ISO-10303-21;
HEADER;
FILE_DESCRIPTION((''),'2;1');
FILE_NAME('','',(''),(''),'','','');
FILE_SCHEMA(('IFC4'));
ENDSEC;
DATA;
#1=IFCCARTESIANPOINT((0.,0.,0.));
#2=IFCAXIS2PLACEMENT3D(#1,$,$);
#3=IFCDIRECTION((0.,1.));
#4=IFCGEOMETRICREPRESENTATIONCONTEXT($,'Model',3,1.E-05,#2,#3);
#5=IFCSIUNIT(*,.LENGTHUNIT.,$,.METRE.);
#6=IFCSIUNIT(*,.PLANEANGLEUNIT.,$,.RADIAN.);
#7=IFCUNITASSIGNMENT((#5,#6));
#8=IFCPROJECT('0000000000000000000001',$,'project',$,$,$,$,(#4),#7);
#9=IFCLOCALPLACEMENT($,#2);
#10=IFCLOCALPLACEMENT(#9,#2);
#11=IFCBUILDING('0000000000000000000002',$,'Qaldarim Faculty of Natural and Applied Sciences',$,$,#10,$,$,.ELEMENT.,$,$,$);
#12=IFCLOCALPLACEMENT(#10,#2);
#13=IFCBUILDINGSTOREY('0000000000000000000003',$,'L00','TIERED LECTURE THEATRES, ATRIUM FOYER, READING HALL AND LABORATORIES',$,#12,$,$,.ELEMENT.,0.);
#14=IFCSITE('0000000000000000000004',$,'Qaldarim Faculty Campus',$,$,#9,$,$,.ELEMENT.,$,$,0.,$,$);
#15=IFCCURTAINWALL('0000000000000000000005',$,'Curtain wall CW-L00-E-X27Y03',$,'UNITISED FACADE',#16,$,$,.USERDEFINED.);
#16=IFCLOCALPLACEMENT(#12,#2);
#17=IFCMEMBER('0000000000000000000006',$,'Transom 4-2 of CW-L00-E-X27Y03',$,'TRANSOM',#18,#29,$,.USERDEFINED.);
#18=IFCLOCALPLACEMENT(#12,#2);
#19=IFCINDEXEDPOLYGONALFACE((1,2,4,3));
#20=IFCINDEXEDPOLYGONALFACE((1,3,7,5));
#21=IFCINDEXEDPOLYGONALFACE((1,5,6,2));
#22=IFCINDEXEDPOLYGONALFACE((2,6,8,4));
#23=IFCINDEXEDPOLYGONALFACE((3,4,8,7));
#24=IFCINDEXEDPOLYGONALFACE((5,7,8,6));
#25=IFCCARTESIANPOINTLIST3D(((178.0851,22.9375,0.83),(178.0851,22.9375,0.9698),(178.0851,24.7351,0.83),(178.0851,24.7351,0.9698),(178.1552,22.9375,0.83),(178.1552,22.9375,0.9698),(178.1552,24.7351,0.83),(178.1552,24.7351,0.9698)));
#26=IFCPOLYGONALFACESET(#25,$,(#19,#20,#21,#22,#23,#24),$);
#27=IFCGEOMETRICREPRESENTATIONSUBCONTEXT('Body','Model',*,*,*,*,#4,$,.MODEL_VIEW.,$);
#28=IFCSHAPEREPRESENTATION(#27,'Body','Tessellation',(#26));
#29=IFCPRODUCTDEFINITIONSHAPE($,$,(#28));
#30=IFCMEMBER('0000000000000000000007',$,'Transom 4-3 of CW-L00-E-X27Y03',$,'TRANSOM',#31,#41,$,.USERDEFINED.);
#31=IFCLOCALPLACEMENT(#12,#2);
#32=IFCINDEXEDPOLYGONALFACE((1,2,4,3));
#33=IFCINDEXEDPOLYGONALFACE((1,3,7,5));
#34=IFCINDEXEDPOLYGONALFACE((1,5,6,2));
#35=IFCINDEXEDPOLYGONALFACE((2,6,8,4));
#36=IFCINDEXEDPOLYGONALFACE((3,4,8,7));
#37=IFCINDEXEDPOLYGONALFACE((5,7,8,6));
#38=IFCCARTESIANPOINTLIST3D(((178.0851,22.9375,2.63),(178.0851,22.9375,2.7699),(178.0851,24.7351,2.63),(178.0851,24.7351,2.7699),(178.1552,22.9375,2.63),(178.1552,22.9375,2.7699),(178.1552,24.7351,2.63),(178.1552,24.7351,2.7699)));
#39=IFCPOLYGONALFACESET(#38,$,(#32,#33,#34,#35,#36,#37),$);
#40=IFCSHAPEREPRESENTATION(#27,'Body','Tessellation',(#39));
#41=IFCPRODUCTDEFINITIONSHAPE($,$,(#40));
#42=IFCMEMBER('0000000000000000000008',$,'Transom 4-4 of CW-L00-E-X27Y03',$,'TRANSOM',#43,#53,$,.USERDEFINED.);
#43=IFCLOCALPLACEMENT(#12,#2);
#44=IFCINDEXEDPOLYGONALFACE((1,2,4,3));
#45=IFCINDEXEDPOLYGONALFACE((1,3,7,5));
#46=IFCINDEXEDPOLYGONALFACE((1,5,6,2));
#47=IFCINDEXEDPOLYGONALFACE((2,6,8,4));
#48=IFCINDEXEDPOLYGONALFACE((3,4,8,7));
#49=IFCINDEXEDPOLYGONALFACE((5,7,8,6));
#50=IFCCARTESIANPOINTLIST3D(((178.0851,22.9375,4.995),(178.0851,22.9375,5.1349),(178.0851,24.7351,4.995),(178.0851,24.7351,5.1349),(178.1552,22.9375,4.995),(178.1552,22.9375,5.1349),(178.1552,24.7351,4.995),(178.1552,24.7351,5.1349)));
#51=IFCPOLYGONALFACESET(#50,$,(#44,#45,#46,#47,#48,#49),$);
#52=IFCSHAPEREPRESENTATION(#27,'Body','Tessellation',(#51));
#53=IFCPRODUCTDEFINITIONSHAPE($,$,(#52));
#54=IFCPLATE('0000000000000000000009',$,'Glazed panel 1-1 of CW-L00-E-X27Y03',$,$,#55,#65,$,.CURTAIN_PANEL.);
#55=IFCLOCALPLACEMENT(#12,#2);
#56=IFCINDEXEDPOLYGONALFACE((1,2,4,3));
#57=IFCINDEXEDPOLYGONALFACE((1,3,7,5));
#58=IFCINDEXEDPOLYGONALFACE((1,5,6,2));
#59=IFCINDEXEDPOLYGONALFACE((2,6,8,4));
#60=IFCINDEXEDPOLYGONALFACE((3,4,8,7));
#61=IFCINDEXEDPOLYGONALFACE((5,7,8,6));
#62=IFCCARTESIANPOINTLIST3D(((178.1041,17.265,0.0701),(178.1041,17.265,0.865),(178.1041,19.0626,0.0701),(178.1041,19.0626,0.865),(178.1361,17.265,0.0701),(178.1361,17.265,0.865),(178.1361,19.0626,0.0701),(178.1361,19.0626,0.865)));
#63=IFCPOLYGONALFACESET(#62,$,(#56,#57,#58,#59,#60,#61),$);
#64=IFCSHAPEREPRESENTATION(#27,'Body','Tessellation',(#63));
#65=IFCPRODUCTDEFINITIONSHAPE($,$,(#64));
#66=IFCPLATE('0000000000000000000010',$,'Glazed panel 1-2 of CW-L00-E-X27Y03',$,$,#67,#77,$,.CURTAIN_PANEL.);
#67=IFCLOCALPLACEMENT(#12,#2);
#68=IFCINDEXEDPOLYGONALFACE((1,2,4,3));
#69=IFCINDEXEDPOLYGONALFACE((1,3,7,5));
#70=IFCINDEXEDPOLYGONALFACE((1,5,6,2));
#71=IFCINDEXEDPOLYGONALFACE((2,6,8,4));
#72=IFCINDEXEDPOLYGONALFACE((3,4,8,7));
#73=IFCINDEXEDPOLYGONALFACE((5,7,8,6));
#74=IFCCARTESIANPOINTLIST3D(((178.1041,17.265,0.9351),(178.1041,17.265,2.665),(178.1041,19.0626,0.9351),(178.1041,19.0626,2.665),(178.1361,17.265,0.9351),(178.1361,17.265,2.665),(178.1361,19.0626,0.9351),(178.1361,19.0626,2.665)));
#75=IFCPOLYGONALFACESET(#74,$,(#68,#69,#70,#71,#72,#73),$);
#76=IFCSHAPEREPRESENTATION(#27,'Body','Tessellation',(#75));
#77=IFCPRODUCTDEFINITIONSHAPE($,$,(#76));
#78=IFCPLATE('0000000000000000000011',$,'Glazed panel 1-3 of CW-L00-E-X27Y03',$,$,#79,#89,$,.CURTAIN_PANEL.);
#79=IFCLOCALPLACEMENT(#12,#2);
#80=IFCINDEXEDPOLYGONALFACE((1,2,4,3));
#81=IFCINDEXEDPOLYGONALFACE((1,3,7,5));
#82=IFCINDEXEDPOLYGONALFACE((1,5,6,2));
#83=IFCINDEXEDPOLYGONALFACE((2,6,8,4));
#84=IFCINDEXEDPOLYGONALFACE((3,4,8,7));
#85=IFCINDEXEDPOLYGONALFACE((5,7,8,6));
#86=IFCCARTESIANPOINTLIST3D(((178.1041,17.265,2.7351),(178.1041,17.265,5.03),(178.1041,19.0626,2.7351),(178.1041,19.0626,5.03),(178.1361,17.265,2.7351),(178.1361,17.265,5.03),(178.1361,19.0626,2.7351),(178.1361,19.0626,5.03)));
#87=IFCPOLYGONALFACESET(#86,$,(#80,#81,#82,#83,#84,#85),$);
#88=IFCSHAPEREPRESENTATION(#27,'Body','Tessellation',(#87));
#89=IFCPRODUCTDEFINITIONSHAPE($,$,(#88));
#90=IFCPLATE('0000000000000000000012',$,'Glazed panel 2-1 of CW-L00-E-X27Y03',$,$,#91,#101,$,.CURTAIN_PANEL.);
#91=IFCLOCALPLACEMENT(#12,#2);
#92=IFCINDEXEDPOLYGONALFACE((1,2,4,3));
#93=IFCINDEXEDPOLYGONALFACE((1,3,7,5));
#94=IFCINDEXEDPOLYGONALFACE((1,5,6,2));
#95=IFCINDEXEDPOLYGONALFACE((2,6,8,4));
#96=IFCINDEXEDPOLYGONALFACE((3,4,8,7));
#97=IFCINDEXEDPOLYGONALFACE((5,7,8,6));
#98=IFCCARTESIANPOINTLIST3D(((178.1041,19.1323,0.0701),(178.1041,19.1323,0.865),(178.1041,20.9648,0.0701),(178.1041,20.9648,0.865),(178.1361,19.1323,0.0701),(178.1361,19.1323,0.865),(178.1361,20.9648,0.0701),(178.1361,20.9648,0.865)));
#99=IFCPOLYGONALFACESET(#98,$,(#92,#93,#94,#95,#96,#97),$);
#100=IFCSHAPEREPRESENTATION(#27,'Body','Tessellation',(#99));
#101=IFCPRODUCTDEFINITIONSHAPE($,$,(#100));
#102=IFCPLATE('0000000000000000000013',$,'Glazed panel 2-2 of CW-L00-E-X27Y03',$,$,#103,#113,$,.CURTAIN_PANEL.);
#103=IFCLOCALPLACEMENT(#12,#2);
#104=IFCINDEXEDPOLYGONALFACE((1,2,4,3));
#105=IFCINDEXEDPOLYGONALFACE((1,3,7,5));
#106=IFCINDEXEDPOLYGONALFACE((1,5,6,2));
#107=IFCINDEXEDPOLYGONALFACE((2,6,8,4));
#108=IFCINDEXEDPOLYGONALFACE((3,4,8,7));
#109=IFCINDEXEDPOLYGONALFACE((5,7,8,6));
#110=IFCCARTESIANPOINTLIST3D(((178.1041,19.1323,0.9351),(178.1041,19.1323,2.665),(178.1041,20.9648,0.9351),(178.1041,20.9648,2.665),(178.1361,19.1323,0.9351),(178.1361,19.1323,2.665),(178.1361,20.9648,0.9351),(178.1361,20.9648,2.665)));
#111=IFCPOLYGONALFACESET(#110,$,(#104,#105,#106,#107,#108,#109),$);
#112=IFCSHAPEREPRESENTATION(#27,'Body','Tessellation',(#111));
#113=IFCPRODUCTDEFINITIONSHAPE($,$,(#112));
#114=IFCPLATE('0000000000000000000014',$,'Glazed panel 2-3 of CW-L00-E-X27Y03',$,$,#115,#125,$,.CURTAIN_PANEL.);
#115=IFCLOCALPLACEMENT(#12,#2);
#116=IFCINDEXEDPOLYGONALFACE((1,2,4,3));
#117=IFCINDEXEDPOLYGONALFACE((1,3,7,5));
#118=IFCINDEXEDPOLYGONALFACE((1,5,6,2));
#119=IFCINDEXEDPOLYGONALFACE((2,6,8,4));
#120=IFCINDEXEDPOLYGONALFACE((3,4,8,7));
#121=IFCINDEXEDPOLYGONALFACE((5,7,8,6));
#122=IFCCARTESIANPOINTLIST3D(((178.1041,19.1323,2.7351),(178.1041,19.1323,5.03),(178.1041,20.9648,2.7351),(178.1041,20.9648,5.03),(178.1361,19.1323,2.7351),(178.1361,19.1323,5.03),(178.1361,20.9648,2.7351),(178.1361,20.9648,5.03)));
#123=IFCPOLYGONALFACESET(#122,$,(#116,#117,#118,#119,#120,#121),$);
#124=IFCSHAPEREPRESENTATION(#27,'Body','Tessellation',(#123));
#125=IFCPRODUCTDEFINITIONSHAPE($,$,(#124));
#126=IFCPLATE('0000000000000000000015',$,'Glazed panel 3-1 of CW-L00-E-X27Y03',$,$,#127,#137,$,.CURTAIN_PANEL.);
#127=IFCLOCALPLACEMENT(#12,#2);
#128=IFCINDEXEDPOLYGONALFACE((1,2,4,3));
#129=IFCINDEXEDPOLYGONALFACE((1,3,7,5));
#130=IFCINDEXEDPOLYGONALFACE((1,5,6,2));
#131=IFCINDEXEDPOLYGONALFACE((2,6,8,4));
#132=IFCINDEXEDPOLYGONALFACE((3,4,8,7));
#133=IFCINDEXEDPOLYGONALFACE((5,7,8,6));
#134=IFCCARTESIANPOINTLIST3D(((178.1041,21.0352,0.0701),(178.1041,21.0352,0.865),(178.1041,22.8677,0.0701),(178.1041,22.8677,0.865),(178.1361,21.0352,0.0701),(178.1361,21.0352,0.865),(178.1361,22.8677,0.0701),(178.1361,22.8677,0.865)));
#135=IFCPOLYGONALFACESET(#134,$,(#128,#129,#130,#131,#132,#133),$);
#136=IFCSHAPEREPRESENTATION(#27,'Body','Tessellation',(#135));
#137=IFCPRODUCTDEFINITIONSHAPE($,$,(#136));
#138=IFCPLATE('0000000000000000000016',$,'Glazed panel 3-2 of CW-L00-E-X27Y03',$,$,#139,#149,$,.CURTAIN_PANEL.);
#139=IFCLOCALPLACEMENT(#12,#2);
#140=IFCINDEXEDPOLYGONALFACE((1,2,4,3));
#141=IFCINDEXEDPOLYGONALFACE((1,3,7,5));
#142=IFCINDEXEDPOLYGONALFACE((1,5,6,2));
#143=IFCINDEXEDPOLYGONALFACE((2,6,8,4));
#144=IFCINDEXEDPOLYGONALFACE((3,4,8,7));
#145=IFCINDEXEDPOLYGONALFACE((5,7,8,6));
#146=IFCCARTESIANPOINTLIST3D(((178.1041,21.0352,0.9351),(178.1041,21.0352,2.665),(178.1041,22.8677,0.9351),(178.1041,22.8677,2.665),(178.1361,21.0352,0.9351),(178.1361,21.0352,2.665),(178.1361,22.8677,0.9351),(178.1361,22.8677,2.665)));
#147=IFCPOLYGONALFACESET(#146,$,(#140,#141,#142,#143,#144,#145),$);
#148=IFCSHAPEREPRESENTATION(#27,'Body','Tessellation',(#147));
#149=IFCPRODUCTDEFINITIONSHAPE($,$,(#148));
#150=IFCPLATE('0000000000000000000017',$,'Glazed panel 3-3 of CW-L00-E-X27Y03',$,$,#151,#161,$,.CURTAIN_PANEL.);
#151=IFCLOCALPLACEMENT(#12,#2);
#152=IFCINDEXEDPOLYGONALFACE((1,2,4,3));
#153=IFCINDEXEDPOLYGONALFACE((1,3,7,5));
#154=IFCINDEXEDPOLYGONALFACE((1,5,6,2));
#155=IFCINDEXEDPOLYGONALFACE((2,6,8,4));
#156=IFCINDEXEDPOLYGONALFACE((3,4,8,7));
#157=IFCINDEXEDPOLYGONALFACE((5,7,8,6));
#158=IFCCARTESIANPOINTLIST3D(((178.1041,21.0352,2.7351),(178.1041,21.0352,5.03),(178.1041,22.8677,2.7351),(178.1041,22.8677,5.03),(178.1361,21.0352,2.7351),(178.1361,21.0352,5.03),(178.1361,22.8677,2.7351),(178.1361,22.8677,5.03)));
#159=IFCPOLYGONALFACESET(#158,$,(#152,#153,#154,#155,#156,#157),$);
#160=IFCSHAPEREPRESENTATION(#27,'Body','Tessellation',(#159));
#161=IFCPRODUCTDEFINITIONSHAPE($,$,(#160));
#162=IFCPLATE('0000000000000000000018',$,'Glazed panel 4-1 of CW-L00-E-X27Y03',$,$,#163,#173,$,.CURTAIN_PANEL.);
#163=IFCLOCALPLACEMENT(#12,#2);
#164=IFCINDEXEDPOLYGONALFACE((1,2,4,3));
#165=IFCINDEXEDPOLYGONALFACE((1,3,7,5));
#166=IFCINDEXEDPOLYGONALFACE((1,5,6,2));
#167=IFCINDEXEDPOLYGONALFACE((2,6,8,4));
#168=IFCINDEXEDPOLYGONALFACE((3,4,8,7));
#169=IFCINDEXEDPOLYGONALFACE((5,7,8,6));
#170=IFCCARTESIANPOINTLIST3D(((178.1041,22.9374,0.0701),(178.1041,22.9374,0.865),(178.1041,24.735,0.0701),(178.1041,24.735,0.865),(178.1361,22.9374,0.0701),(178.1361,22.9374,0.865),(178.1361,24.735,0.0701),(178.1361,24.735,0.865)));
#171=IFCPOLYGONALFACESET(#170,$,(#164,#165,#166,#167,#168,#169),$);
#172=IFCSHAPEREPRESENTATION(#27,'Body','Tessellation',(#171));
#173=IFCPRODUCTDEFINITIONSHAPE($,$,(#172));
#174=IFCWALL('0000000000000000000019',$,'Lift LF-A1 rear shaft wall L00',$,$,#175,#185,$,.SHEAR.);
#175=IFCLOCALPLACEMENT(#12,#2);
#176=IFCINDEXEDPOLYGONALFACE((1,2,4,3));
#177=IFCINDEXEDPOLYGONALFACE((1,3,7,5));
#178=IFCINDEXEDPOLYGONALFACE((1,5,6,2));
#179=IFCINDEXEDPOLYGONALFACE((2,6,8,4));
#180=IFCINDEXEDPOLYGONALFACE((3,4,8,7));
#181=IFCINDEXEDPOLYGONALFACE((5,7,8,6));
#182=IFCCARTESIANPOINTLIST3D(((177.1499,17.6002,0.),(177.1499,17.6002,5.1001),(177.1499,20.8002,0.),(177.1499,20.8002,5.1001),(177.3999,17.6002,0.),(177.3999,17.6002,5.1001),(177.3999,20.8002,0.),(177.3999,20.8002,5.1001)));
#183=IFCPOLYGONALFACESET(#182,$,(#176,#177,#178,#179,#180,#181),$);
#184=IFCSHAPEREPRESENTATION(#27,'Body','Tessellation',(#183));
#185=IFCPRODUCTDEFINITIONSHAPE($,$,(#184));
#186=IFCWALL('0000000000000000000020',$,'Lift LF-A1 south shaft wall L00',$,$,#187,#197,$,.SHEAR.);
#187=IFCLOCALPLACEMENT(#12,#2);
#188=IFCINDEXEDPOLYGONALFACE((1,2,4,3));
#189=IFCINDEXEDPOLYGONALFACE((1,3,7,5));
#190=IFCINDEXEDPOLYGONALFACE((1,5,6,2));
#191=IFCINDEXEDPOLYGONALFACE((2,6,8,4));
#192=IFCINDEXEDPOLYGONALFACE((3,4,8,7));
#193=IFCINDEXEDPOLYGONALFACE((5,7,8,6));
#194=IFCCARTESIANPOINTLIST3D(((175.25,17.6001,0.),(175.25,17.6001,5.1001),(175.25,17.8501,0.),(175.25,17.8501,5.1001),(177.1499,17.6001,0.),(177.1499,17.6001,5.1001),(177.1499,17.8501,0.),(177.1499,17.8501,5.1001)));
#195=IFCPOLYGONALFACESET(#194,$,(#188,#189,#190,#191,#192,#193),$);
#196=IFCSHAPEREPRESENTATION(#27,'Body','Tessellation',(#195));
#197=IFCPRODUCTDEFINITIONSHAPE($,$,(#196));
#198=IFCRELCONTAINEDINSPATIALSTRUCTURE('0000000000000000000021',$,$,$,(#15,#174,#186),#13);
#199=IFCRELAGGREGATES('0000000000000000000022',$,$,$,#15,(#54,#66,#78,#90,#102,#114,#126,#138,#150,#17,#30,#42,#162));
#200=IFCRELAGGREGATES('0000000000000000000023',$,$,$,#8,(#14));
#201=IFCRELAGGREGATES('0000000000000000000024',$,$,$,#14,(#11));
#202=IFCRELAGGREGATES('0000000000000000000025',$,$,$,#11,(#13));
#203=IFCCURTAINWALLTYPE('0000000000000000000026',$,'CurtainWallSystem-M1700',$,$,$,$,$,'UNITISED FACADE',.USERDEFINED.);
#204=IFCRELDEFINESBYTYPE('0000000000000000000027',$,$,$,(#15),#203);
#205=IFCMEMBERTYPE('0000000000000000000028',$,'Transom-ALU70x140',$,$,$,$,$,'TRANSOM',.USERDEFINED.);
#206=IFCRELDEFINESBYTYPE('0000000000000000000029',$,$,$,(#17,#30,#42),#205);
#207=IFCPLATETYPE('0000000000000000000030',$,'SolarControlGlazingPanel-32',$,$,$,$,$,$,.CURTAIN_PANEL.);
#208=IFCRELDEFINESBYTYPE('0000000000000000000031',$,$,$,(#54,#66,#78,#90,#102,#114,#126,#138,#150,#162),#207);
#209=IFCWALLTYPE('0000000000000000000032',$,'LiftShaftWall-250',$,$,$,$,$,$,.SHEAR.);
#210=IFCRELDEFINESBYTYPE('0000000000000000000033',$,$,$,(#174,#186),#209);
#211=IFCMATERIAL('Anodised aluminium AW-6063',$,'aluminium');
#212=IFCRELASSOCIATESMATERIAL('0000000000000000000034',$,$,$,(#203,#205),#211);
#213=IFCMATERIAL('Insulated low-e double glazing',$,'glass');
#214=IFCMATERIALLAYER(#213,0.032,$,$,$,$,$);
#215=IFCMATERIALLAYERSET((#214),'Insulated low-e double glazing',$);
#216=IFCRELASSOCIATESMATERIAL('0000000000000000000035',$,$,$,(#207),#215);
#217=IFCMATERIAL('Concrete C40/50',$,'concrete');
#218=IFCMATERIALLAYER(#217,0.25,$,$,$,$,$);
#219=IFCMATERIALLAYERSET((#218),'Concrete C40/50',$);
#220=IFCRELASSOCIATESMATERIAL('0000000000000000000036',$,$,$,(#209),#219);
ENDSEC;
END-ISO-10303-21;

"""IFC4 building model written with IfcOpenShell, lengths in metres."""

from ifc_helpers import new_model, si_unit, direction, frame, frame_2d, origin, origin_2d, place, context, subcontext, project, spatial, rectangle, extrude, material, layer, layer_set, material_profile, profile_set, type_object, element, aggregate, save


model = new_model("IFC4")

# Units and contexts
model_context = context("Model", 3, precision=1e-05, world=origin(), true_north=direction((0.0, 1.0)))
body_context = subcontext(model_context, "Body", "Model", "MODEL_VIEW")
ifc_project = project(units=[si_unit("LENGTHUNIT", "METRE"), si_unit("PLANEANGLEUNIT", "RADIAN")], contexts=[model_context])

# Site, building, storey
site_placement = place(None, origin())
site = spatial("IfcSite", under=ifc_project, at=site_placement, Name="Qaldarim Faculty Campus", CompositionType="ELEMENT", RefElevation=0.0)
building_placement = place(site_placement, origin())
building = spatial("IfcBuilding", under=site, at=building_placement, Name="Qaldarim Faculty of Natural and Applied Sciences", CompositionType="ELEMENT")
storey_placement = place(building_placement, origin())
storey = spatial("IfcBuildingStorey", under=building, at=storey_placement, Name="L00", Description="TIERED LECTURE THEATRES, ATRIUM FOYER, READING HALL AND LABORATORIES", CompositionType="ELEMENT", Elevation=0.0)

# Curtain wall, members, plates
ifc_material_1 = material(Name="Anodised aluminium AW-6063", Category="aluminium")
curtain_wall_type = type_object("IfcCurtainWallType", Name="CurtainWallSystem-M1700", ElementType="UNITISED FACADE", PredefinedType="USERDEFINED", material=ifc_material_1)
curtain_wall_placement = place(storey_placement, origin())
curtain_wall = element("IfcCurtainWall", 1, at=curtain_wall_placement, inside=storey, type_object=curtain_wall_type, Name="Curtain wall CW-L00-E-X27Y03", ObjectType="UNITISED FACADE", PredefinedType="USERDEFINED")
ifc_material_profile_1 = material_profile(ifc_material_1, rectangle(XDim=0.0701, YDim=0.1399, at=origin_2d()), Name="ALU-T70x140")
ifc_profile_set_1 = profile_set([ifc_material_profile_1], Name="Anodised aluminium AW-6063")
member_type_1 = type_object("IfcMemberType", Name="Transom-ALU70x140", ElementType="TRANSOM", PredefinedType="USERDEFINED", material=ifc_profile_set_1)
member_1_placement = place(storey_placement, frame((178.1201, 22.9375, 0.8999), z_axis=(0.0, 1.0, 0.0), x_axis=(-1.0, 0.0, 0.0)))
member_1 = element("IfcMember", 2, at=member_1_placement, type_object=member_type_1, Name="Transom 4-2 of CW-L00-E-X27Y03", ObjectType="TRANSOM", PredefinedType="USERDEFINED", context=body_context, shape_type="SweptSolid", body=[
    extrude(rectangle(XDim=0.0701, YDim=0.1399, at=origin_2d()), origin(), (0.0, 0.0, 1.0), 1.7976),
])
member_2_placement = place(storey_placement, frame((178.1201, 22.9375, 2.7), z_axis=(0.0, 1.0, 0.0), x_axis=(-1.0, 0.0, 0.0)))
member_2 = element("IfcMember", 3, at=member_2_placement, type_object=member_type_1, Name="Transom 4-3 of CW-L00-E-X27Y03", ObjectType="TRANSOM", PredefinedType="USERDEFINED", context=body_context, shape_type="SweptSolid", body=[
    extrude(rectangle(XDim=0.0701, YDim=0.1399, at=origin_2d()), origin(), (0.0, 0.0, 1.0), 1.7976),
])
member_3_placement = place(storey_placement, frame((178.1201, 22.9375, 5.0649), z_axis=(0.0, 1.0, 0.0), x_axis=(-1.0, 0.0, 0.0)))
member_3 = element("IfcMember", 4, at=member_3_placement, type_object=member_type_1, Name="Transom 4-4 of CW-L00-E-X27Y03", ObjectType="TRANSOM", PredefinedType="USERDEFINED", context=body_context, shape_type="SweptSolid", body=[
    extrude(rectangle(XDim=0.0701, YDim=0.1399, at=origin_2d()), origin(), (0.0, 0.0, 1.0), 1.7976),
])
ifc_material_2 = material(Name="Insulated low-e double glazing", Category="glass")
ifc_layer_1 = layer(ifc_material_2, 0.032)
ifc_layer_set_1 = layer_set([ifc_layer_1], Name="Insulated low-e double glazing")
plate_type = type_object("IfcPlateType", Name="SolarControlGlazingPanel-32", PredefinedType="CURTAIN_PANEL", material=ifc_layer_set_1)
plate_1_placement = place(storey_placement, frame((178.1201, 18.1638, 0.0701), z_axis=(0.0, 0.0, 1.0), x_axis=(0.0, 1.0, 0.0)))
plate_1 = element("IfcPlate", 5, at=plate_1_placement, type_object=plate_type, Name="Glazed panel 1-1 of CW-L00-E-X27Y03", PredefinedType="CURTAIN_PANEL", context=body_context, shape_type="SweptSolid", body=[
    extrude(rectangle(XDim=1.7976, YDim=0.032, at=origin_2d()), origin(), (0.0, 0.0, 1.0), 0.7949),
])
plate_2_placement = place(storey_placement, frame((178.1201, 18.1638, 0.9351), z_axis=(0.0, 0.0, 1.0), x_axis=(0.0, 1.0, 0.0)))
plate_2 = element("IfcPlate", 6, at=plate_2_placement, type_object=plate_type, Name="Glazed panel 1-2 of CW-L00-E-X27Y03", PredefinedType="CURTAIN_PANEL", context=body_context, shape_type="SweptSolid", body=[
    extrude(rectangle(XDim=1.7976, YDim=0.032, at=origin_2d()), origin(), (0.0, 0.0, 1.0), 1.73),
])
plate_3_placement = place(storey_placement, frame((178.1201, 18.1638, 2.7351), z_axis=(0.0, 0.0, 1.0), x_axis=(0.0, 1.0, 0.0)))
plate_3 = element("IfcPlate", 7, at=plate_3_placement, type_object=plate_type, Name="Glazed panel 1-3 of CW-L00-E-X27Y03", PredefinedType="CURTAIN_PANEL", context=body_context, shape_type="SweptSolid", body=[
    extrude(rectangle(XDim=1.7976, YDim=0.032, at=origin_2d()), origin(), (0.0, 0.0, 1.0), 2.2949),
])
plate_4_placement = place(storey_placement, frame((178.1201, 20.0486, 0.0701), z_axis=(0.0, 0.0, 1.0), x_axis=(0.0, 1.0, 0.0)))
plate_4 = element("IfcPlate", 8, at=plate_4_placement, type_object=plate_type, Name="Glazed panel 2-1 of CW-L00-E-X27Y03", PredefinedType="CURTAIN_PANEL", context=body_context, shape_type="SweptSolid", body=[
    extrude(rectangle(XDim=1.8325, YDim=0.032, at=origin_2d()), origin(), (0.0, 0.0, 1.0), 0.7949),
])
plate_5_placement = place(storey_placement, frame((178.1201, 20.0486, 0.9351), z_axis=(0.0, 0.0, 1.0), x_axis=(0.0, 1.0, 0.0)))
plate_5 = element("IfcPlate", 9, at=plate_5_placement, type_object=plate_type, Name="Glazed panel 2-2 of CW-L00-E-X27Y03", PredefinedType="CURTAIN_PANEL", context=body_context, shape_type="SweptSolid", body=[
    extrude(rectangle(XDim=1.8325, YDim=0.032, at=origin_2d()), origin(), (0.0, 0.0, 1.0), 1.73),
])
plate_6_placement = place(storey_placement, frame((178.1201, 20.0486, 2.7351), z_axis=(0.0, 0.0, 1.0), x_axis=(0.0, 1.0, 0.0)))
plate_6 = element("IfcPlate", 10, at=plate_6_placement, type_object=plate_type, Name="Glazed panel 2-3 of CW-L00-E-X27Y03", PredefinedType="CURTAIN_PANEL", context=body_context, shape_type="SweptSolid", body=[
    extrude(rectangle(XDim=1.8325, YDim=0.032, at=origin_2d()), origin(), (0.0, 0.0, 1.0), 2.2949),
])
plate_7_placement = place(storey_placement, frame((178.1201, 21.9514, 0.0701), z_axis=(0.0, 0.0, 1.0), x_axis=(0.0, 1.0, 0.0)))
plate_7 = element("IfcPlate", 11, at=plate_7_placement, type_object=plate_type, Name="Glazed panel 3-1 of CW-L00-E-X27Y03", PredefinedType="CURTAIN_PANEL", context=body_context, shape_type="SweptSolid", body=[
    extrude(rectangle(XDim=1.8325, YDim=0.032, at=origin_2d()), origin(), (0.0, 0.0, 1.0), 0.7949),
])
plate_8_placement = place(storey_placement, frame((178.1201, 21.9514, 0.9351), z_axis=(0.0, 0.0, 1.0), x_axis=(0.0, 1.0, 0.0)))
plate_8 = element("IfcPlate", 12, at=plate_8_placement, type_object=plate_type, Name="Glazed panel 3-2 of CW-L00-E-X27Y03", PredefinedType="CURTAIN_PANEL", context=body_context, shape_type="SweptSolid", body=[
    extrude(rectangle(XDim=1.8325, YDim=0.032, at=origin_2d()), origin(), (0.0, 0.0, 1.0), 1.73),
])
plate_9_placement = place(storey_placement, frame((178.1201, 21.9514, 2.7351), z_axis=(0.0, 0.0, 1.0), x_axis=(0.0, 1.0, 0.0)))
plate_9 = element("IfcPlate", 13, at=plate_9_placement, type_object=plate_type, Name="Glazed panel 3-3 of CW-L00-E-X27Y03", PredefinedType="CURTAIN_PANEL", context=body_context, shape_type="SweptSolid", body=[
    extrude(rectangle(XDim=1.8325, YDim=0.032, at=origin_2d()), origin(), (0.0, 0.0, 1.0), 2.2949),
])
plate_10_placement = place(storey_placement, frame((178.1201, 23.8362, 0.0701), z_axis=(0.0, 0.0, 1.0), x_axis=(0.0, 1.0, 0.0)))
plate_10 = element("IfcPlate", 14, at=plate_10_placement, type_object=plate_type, Name="Glazed panel 4-1 of CW-L00-E-X27Y03", PredefinedType="CURTAIN_PANEL", context=body_context, shape_type="SweptSolid", body=[
    extrude(rectangle(XDim=1.7976, YDim=0.032, at=origin_2d()), origin(), (0.0, 0.0, 1.0), 0.7949),
])
aggregate(curtain_wall, [plate_1, plate_2, plate_3, plate_4, plate_5, plate_6, plate_7, plate_8, plate_9, member_1, member_2, member_3, plate_10])

# Shared definitions
ifc_material_3 = material(Name="Concrete C40/50", Category="concrete")
ifc_layer_2 = layer(ifc_material_3, 0.25)
ifc_layer_set_2 = layer_set([ifc_layer_2], Name="Concrete C40/50")
wall_type = type_object("IfcWallType", Name="LiftShaftWall-250", PredefinedType="SHEAR", material=ifc_layer_set_2)

# Walls
wall_1_placement = place(storey_placement, frame((177.2749, 17.6001, 0.0), z_axis=(0.0, 0.0, 1.0), x_axis=(0.0, 1.0, 0.0)))
element("IfcWall", 15, at=wall_1_placement, inside=storey, type_object=wall_type, Name="Lift LF-A1 rear shaft wall L00", PredefinedType="SHEAR", context=body_context, shape_type="SweptSolid", body=[
    extrude(rectangle(XDim=3.2, YDim=0.25, at=frame_2d((1.6001, 0.0))), origin(), (0.0, 0.0, 1.0), 5.1001),
])
for number, where, z_axis, x_axis, name in (
    (16, (175.25, 17.7251, 0.0), (0.0, 0.0, 1.0), (1.0, 0.0, 0.0), "Lift LF-A1 south shaft wall L00"),
):
    element("IfcWall", number, at=place(storey_placement, frame(where, z_axis=z_axis, x_axis=x_axis)), inside=storey, type_object=wall_type, Name=name, PredefinedType="SHEAR", context=body_context, shape_type="SweptSolid", body=[
        extrude(rectangle(XDim=1.8999, YDim=0.25, at=frame_2d((0.95, 0.0))), origin(), (0.0, 0.0, 1.0), 5.1001),
    ])

save(model, "model.ifc")
